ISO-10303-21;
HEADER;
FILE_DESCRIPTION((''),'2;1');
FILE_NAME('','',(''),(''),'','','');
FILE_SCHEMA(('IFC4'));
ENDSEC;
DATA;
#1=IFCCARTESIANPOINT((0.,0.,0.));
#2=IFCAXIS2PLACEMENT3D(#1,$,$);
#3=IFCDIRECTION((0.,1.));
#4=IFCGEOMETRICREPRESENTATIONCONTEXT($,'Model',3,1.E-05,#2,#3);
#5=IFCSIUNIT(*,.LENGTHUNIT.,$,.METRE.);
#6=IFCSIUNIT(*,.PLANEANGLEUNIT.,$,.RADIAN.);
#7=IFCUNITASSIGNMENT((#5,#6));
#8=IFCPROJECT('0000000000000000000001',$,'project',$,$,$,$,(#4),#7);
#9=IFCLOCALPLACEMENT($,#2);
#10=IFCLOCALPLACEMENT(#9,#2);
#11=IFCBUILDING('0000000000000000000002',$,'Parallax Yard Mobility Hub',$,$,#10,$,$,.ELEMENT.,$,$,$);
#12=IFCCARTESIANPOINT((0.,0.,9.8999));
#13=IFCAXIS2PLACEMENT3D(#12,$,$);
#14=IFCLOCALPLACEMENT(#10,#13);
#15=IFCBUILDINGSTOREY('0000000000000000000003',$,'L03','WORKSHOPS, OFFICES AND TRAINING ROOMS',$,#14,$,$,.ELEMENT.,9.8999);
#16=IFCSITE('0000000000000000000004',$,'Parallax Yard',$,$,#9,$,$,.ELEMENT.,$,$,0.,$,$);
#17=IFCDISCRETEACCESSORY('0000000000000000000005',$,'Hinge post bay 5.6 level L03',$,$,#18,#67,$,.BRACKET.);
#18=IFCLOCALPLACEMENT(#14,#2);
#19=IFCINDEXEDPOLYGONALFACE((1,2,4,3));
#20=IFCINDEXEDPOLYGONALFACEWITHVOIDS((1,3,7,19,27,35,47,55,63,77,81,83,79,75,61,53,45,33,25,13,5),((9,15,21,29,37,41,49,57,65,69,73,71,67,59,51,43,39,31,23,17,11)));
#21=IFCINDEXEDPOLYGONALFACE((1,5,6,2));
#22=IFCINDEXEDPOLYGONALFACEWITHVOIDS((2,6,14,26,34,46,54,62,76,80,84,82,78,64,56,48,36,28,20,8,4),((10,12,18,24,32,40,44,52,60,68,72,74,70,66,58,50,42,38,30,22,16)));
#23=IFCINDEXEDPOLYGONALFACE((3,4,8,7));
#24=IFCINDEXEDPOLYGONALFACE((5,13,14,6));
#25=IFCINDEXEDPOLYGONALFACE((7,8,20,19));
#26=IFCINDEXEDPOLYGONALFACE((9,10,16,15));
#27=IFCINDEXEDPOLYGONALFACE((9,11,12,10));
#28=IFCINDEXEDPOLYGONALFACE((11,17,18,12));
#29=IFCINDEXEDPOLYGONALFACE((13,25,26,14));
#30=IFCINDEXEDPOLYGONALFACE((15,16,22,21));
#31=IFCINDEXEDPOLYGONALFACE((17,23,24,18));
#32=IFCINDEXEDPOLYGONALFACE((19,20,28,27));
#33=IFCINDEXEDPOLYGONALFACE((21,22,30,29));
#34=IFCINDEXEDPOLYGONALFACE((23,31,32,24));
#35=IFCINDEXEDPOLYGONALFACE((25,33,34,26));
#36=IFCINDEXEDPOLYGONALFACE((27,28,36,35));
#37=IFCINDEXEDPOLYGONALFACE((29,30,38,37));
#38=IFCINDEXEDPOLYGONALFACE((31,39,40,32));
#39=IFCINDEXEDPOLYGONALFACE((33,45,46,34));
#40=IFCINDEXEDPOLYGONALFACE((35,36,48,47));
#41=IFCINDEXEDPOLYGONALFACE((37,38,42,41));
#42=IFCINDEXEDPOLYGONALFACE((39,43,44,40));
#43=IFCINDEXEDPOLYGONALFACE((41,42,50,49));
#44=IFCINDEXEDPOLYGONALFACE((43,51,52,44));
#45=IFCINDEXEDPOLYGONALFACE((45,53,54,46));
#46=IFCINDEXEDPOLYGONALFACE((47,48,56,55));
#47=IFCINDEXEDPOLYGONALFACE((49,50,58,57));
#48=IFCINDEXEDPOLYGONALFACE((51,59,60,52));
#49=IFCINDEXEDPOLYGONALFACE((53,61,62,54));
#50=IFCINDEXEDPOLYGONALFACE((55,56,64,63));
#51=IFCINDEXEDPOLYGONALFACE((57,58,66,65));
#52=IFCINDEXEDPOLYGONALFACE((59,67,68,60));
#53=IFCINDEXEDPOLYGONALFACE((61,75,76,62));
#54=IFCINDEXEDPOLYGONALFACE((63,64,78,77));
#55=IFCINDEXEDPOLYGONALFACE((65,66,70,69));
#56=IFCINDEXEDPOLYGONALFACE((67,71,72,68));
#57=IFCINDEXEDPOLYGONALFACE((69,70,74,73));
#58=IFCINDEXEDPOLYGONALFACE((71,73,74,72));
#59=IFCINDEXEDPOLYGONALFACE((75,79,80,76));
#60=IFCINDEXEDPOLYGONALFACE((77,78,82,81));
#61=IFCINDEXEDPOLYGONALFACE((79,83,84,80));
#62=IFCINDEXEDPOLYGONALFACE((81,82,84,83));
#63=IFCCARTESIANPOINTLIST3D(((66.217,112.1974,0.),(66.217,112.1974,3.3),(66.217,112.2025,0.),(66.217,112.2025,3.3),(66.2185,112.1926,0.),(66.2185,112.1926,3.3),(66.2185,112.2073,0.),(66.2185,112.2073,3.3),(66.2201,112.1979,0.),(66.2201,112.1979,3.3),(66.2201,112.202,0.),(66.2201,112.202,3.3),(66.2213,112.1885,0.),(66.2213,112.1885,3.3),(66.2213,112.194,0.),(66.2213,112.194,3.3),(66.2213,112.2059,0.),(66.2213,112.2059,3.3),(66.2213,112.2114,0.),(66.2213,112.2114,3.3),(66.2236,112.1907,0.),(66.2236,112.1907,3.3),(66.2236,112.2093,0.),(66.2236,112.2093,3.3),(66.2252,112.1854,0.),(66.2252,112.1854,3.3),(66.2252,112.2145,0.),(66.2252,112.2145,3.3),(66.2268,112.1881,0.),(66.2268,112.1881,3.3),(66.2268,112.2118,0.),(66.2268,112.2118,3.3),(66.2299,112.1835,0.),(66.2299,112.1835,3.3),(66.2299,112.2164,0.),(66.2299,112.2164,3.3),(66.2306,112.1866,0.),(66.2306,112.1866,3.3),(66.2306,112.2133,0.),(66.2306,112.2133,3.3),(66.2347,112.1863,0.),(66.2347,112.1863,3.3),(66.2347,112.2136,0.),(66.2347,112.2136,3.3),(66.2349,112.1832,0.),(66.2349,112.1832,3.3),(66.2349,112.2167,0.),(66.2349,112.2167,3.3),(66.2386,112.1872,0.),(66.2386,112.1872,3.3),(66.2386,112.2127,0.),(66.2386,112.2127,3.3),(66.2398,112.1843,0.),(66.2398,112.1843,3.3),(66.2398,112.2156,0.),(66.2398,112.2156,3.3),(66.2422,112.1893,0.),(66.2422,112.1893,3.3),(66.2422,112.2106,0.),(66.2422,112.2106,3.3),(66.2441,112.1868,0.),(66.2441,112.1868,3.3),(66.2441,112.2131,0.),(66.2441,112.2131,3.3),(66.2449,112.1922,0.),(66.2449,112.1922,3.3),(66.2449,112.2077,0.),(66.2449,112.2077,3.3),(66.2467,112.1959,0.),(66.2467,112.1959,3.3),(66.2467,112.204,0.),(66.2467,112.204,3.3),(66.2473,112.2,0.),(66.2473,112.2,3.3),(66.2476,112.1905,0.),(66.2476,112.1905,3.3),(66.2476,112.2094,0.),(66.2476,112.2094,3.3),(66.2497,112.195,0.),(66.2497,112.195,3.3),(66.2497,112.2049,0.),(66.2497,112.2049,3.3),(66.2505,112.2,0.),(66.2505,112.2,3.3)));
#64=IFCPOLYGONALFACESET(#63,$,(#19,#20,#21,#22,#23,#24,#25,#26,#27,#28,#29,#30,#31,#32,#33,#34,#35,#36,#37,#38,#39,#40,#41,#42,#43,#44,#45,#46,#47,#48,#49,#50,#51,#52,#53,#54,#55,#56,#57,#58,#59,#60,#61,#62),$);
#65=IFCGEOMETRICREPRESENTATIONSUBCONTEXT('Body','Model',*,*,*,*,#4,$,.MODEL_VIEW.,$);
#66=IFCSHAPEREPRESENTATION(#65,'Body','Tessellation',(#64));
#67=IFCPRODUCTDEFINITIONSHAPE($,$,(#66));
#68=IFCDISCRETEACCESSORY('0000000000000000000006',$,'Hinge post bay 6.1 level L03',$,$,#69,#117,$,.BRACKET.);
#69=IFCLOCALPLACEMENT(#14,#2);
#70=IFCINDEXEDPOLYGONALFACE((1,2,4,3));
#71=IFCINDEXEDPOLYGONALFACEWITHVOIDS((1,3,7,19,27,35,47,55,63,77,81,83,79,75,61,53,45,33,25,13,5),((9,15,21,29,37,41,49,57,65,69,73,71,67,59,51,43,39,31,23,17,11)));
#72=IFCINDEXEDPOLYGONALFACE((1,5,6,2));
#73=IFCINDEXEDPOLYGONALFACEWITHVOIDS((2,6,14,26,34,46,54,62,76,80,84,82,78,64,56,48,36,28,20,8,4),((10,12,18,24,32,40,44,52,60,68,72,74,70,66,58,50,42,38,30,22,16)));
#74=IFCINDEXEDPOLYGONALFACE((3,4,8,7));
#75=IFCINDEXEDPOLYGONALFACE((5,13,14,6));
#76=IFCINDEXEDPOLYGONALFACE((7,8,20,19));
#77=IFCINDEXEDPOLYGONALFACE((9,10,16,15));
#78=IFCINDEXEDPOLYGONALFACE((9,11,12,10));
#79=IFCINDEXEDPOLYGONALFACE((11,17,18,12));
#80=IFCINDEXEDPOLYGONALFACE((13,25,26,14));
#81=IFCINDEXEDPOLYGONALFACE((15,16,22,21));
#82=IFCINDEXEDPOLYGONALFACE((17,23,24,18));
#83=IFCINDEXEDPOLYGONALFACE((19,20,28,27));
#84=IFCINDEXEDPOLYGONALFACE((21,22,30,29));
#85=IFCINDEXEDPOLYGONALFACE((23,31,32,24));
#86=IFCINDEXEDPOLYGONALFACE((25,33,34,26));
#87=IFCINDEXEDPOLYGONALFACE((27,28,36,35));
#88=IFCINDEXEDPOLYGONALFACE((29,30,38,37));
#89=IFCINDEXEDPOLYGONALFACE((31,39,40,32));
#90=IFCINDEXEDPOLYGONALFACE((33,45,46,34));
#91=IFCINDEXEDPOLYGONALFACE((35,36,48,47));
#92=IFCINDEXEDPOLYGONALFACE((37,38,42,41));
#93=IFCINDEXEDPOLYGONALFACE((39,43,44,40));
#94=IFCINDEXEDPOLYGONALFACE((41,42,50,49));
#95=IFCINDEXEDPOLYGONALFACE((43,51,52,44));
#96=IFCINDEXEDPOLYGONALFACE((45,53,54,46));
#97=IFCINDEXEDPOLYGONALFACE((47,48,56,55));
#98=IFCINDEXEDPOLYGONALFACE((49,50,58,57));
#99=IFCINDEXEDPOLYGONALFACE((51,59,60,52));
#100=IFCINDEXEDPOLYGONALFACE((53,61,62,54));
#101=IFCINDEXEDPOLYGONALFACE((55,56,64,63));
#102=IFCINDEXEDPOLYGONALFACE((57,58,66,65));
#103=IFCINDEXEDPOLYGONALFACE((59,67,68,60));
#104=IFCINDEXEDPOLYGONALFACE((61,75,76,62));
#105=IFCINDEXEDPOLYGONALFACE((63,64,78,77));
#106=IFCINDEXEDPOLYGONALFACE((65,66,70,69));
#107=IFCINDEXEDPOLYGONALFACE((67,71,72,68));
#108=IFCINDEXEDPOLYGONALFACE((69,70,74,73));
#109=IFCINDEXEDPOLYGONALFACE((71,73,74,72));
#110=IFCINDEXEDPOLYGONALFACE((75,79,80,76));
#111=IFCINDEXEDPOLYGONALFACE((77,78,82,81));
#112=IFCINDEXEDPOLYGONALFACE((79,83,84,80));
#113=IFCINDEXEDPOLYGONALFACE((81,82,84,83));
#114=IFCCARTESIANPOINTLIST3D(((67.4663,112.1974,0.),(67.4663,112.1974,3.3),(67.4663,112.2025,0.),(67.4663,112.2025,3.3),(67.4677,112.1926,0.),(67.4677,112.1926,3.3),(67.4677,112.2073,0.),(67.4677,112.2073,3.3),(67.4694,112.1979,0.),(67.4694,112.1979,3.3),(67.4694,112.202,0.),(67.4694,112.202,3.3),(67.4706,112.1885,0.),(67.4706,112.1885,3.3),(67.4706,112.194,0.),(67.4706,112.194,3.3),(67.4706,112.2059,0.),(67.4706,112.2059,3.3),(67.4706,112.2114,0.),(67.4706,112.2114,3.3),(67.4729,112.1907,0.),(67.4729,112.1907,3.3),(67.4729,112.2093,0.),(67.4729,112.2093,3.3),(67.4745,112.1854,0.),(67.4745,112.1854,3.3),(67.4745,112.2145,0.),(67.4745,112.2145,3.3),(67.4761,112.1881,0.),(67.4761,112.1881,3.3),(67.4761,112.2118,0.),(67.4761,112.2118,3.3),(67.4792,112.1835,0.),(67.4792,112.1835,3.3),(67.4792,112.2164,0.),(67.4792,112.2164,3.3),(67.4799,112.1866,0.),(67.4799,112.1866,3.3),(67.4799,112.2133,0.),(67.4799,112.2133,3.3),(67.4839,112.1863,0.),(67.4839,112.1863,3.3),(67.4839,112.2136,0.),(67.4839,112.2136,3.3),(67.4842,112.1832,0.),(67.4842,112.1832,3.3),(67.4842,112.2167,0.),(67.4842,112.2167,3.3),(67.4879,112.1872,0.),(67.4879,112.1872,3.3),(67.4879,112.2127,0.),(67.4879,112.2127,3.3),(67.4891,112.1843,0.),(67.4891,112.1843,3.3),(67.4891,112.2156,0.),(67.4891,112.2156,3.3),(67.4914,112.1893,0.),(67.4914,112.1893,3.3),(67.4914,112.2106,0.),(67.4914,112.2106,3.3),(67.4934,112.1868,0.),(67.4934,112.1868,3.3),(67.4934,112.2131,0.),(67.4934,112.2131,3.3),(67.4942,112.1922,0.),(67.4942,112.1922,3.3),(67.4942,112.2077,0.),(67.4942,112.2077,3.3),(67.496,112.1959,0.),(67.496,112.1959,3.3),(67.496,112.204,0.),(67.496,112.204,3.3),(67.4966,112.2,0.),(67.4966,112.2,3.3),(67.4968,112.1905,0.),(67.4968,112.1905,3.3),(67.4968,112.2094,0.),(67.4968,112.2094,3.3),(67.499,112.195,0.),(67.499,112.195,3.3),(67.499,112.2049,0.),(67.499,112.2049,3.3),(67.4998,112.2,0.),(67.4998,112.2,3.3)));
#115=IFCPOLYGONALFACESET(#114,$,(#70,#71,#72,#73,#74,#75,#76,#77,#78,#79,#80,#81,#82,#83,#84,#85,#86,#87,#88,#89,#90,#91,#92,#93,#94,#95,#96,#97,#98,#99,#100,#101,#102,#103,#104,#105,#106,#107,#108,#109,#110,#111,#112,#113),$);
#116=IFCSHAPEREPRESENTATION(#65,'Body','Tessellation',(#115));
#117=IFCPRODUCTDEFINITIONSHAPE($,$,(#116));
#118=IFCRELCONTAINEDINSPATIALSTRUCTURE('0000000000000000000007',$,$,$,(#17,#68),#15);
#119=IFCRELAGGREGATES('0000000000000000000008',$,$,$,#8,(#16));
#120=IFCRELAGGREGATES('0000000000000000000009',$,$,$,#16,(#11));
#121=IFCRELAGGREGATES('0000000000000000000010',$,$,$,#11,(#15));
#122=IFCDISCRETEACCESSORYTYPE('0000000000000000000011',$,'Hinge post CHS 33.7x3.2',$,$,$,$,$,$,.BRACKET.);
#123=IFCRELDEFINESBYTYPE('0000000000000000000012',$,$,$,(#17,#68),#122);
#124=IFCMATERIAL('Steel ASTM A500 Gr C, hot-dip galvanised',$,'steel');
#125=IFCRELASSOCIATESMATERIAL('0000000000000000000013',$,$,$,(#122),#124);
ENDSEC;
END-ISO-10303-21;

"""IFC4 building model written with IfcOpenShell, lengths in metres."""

from ifc_helpers import new_model, si_unit, direction, frame, origin, origin_2d, place, context, subcontext, project, spatial, hollow_circle, extrude, material, material_profile, profile_set, type_object, element, save


model = new_model("IFC4")

# Units and contexts
model_context = context("Model", 3, precision=1e-05, world=origin(), true_north=direction((0.0, 1.0)))
body_context = subcontext(model_context, "Body", "Model", "MODEL_VIEW")
ifc_project = project(units=[si_unit("LENGTHUNIT", "METRE"), si_unit("PLANEANGLEUNIT", "RADIAN")], contexts=[model_context])

# Site, building, storey
site_placement = place(None, origin())
site = spatial("IfcSite", under=ifc_project, at=site_placement, Name="Parallax Yard", CompositionType="ELEMENT", RefElevation=0.0)
building_placement = place(site_placement, origin())
building = spatial("IfcBuilding", under=site, at=building_placement, Name="Parallax Yard Mobility Hub", CompositionType="ELEMENT")
storey_placement = place(building_placement, frame((0.0, 0.0, 9.8999)))
storey = spatial("IfcBuildingStorey", under=building, at=storey_placement, Name="L03", Description="WORKSHOPS, OFFICES AND TRAINING ROOMS", CompositionType="ELEMENT", Elevation=9.8999)

# Discrete accessories
ifc_material_1 = material(Name="Steel ASTM A500 Gr C, hot-dip galvanised", Category="steel")
ifc_material_profile_1 = material_profile(ifc_material_1, hollow_circle(Radius=0.0168, WallThickness=0.0032, at=origin_2d()), Name="CHS 33.7x3.2")
ifc_profile_set_1 = profile_set([ifc_material_profile_1], Name="Steel ASTM A500 Gr C, hot-dip galvanised")
discrete_accessory_type_1 = type_object("IfcDiscreteAccessoryType", Name="Hinge post CHS 33.7x3.2", PredefinedType="BRACKET", material=ifc_profile_set_1)
for number, where, z_axis, x_axis, name in (
    (1, (66.2336, 112.2, 0.0), (0.0, 0.0, 1.0), (1.0, 0.0, 0.0), "Hinge post bay 5.6 level L03"),
    (2, (67.4829, 112.2, 0.0), (0.0, 0.0, 1.0), (1.0, 0.0, 0.0), "Hinge post bay 6.1 level L03"),
):
    element("IfcDiscreteAccessory", number, at=place(storey_placement, frame(where, z_axis=z_axis, x_axis=x_axis)), inside=storey, type_object=discrete_accessory_type_1, Name=name, PredefinedType="BRACKET", context=body_context, shape_type="SweptSolid", body=[
        extrude(hollow_circle(Radius=0.0168, WallThickness=0.0032, at=origin_2d()), origin(), (0.0, 0.0, 1.0), 3.3),
    ])

save(model, "model.ifc")
